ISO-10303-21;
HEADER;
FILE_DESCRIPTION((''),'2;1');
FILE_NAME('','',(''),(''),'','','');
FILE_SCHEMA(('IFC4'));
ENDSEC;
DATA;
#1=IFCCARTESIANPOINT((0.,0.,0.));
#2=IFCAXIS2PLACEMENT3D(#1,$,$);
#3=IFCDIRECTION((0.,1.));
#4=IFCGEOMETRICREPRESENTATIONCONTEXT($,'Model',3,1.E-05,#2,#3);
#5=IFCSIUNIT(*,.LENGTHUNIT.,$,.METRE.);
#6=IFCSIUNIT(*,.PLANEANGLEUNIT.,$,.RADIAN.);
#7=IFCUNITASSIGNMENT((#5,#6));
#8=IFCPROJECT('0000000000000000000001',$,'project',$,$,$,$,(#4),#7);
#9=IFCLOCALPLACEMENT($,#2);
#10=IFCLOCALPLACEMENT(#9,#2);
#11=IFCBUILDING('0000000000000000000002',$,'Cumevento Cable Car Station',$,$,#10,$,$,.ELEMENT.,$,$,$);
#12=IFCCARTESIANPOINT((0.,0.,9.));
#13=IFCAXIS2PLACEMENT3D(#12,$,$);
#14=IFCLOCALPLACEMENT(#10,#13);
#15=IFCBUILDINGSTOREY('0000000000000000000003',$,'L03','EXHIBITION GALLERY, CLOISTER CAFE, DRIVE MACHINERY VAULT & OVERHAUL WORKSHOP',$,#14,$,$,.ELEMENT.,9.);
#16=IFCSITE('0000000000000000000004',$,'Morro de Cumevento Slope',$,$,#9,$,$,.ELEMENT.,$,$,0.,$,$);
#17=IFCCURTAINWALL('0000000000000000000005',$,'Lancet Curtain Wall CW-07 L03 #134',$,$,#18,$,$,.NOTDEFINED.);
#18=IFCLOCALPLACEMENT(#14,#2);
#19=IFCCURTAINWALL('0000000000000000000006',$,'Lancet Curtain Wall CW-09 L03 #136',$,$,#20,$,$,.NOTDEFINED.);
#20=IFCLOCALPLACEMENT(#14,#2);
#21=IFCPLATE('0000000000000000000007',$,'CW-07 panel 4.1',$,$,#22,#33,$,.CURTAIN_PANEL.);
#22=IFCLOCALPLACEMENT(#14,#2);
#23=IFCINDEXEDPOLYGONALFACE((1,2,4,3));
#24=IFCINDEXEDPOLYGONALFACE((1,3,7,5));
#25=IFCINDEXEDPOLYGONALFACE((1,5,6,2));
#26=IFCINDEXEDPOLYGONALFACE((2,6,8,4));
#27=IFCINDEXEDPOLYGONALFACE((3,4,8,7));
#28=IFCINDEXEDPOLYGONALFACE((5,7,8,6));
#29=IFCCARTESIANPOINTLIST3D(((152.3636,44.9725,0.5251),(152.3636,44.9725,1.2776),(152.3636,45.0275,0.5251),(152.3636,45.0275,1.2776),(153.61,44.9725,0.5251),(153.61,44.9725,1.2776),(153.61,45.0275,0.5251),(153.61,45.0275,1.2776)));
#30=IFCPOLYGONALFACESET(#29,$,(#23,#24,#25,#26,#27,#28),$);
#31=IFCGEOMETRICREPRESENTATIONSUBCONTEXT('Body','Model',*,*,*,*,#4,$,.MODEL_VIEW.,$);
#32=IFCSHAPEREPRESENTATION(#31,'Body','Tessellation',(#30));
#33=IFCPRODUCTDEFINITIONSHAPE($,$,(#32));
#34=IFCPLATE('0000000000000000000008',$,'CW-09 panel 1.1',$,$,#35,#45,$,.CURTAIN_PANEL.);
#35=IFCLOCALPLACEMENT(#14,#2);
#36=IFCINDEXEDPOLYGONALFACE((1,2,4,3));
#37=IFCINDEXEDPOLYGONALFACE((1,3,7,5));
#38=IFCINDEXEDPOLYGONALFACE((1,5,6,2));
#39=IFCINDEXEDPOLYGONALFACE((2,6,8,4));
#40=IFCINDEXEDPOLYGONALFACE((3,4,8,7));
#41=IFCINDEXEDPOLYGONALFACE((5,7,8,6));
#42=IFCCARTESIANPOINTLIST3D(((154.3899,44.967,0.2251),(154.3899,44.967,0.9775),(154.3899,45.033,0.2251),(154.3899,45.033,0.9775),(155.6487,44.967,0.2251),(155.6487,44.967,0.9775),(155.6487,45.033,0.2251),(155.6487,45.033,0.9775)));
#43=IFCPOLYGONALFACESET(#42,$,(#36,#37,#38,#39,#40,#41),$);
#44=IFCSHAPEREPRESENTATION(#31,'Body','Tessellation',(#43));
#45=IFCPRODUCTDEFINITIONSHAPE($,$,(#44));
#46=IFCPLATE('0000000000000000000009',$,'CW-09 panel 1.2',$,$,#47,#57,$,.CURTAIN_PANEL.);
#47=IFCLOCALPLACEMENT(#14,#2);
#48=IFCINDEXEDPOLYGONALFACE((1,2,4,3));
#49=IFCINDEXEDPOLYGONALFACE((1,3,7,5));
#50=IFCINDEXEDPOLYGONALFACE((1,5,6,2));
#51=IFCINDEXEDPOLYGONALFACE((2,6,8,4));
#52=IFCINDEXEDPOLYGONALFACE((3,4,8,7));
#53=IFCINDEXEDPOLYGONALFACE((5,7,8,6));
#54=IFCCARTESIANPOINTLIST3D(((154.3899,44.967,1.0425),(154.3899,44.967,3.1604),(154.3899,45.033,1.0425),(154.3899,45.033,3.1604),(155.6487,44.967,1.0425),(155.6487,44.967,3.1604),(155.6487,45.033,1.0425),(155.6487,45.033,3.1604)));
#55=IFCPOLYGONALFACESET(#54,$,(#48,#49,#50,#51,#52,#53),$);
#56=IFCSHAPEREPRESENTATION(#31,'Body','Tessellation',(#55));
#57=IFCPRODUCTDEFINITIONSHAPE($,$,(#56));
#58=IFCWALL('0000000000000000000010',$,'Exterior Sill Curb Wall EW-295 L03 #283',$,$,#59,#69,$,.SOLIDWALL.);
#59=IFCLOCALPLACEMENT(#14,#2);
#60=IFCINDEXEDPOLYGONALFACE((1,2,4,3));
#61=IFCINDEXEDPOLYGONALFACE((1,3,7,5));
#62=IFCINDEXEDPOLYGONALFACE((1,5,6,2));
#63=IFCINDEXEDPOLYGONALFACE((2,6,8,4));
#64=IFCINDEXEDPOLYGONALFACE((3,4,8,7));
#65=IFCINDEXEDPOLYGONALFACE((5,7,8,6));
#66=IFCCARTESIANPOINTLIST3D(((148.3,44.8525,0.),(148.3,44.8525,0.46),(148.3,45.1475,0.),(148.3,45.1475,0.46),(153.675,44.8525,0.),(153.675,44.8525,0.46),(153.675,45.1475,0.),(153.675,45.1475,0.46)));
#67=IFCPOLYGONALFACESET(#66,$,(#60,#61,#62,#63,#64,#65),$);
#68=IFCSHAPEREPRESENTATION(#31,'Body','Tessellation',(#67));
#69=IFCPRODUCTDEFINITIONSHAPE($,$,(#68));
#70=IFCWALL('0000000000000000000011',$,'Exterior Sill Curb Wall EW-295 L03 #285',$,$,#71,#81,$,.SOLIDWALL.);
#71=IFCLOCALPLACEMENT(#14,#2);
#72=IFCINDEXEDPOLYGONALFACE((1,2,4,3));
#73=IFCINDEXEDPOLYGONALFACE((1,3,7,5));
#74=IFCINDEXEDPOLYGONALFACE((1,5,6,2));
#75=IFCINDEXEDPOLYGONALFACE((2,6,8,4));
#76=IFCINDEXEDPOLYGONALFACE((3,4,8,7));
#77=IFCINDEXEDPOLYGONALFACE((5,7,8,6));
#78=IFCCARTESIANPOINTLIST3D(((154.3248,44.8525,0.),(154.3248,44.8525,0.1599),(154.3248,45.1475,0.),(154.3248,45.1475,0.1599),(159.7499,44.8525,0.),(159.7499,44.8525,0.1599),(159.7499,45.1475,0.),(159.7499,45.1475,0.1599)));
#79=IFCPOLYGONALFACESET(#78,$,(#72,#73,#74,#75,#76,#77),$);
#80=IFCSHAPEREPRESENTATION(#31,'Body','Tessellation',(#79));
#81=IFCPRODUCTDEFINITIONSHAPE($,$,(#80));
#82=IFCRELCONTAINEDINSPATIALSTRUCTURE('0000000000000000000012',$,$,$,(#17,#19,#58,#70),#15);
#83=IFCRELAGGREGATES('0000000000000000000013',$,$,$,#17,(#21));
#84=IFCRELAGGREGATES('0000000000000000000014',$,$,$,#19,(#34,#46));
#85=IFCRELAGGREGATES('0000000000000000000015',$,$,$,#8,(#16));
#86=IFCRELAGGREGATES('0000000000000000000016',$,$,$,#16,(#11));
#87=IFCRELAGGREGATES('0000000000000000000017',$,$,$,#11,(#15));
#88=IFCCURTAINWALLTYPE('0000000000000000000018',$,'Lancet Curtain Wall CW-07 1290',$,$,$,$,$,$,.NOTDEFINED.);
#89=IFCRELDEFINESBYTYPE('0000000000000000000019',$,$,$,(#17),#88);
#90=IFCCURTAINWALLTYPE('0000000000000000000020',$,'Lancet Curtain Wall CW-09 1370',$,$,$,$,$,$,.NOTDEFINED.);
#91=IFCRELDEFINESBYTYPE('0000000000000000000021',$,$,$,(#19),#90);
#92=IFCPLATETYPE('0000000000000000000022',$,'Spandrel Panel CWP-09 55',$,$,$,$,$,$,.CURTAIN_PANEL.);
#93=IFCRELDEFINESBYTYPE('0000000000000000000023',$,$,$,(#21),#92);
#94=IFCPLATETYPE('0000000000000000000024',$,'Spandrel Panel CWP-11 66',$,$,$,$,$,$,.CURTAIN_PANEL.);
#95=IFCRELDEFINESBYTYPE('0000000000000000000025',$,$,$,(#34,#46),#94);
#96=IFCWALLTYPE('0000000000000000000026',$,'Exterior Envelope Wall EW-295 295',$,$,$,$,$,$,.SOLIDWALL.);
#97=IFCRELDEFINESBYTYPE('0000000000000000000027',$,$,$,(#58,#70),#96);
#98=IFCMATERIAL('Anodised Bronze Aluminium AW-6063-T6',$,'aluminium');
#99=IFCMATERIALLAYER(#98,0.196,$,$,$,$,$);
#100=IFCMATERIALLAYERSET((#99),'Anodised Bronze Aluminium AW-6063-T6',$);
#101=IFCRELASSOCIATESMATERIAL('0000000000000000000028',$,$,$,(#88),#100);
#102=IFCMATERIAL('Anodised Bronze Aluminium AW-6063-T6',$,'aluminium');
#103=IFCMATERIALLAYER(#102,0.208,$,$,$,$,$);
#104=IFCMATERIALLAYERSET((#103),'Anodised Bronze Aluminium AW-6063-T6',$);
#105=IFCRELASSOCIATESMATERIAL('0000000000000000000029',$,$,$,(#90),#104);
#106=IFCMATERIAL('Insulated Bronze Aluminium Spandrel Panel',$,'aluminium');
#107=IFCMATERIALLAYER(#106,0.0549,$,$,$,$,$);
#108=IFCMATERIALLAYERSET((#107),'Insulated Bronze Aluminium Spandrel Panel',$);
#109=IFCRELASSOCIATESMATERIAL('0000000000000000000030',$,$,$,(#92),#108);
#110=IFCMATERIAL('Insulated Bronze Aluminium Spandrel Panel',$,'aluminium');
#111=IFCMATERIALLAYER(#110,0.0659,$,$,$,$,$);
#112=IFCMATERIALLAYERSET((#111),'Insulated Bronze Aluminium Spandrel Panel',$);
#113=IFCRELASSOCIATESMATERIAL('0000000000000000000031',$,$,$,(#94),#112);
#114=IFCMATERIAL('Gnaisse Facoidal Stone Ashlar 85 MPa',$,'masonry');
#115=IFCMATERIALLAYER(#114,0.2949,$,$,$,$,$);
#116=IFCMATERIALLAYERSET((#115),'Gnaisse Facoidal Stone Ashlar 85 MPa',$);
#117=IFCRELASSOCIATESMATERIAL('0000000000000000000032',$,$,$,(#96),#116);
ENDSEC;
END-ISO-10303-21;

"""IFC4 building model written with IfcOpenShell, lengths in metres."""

from ifc_helpers import new_model, si_unit, direction, frame, frame_2d, origin, origin_2d, place, context, subcontext, project, spatial, rectangle, extrude, material, layer, layer_set, type_object, element, aggregate, save


model = new_model("IFC4")

# Units and contexts
model_context = context("Model", 3, precision=1e-05, world=origin(), true_north=direction((0.0, 1.0)))
body_context = subcontext(model_context, "Body", "Model", "MODEL_VIEW")
ifc_project = project(units=[si_unit("LENGTHUNIT", "METRE"), si_unit("PLANEANGLEUNIT", "RADIAN")], contexts=[model_context])

# Site, building, storey
site_placement = place(None, origin())
site = spatial("IfcSite", under=ifc_project, at=site_placement, Name="Morro de Cumevento Slope", CompositionType="ELEMENT", RefElevation=0.0)
building_placement = place(site_placement, origin())
building = spatial("IfcBuilding", under=site, at=building_placement, Name="Cumevento Cable Car Station", CompositionType="ELEMENT")
storey_placement = place(building_placement, frame((0.0, 0.0, 9.0)))
storey = spatial("IfcBuildingStorey", under=building, at=storey_placement, Name="L03", Description="EXHIBITION GALLERY, CLOISTER CAFE, DRIVE MACHINERY VAULT & OVERHAUL WORKSHOP", CompositionType="ELEMENT", Elevation=9.0)

# Curtain walls
ifc_material_1 = material(Name="Anodised Bronze Aluminium AW-6063-T6", Category="aluminium")
ifc_layer_1 = layer(ifc_material_1, 0.196)
ifc_layer_set_1 = layer_set([ifc_layer_1], Name="Anodised Bronze Aluminium AW-6063-T6")
curtain_wall_type_1 = type_object("IfcCurtainWallType", Name="Lancet Curtain Wall CW-07 1290", PredefinedType="NOTDEFINED", material=ifc_layer_set_1)
curtain_wall_1_placement = place(storey_placement, origin())
curtain_wall_1 = element("IfcCurtainWall", 1, at=curtain_wall_1_placement, inside=storey, type_object=curtain_wall_type_1, Name="Lancet Curtain Wall CW-07 L03 #134", PredefinedType="NOTDEFINED")
ifc_material_2 = material(Name="Anodised Bronze Aluminium AW-6063-T6", Category="aluminium")
ifc_layer_2 = layer(ifc_material_2, 0.208)
ifc_layer_set_2 = layer_set([ifc_layer_2], Name="Anodised Bronze Aluminium AW-6063-T6")
curtain_wall_type_2 = type_object("IfcCurtainWallType", Name="Lancet Curtain Wall CW-09 1370", PredefinedType="NOTDEFINED", material=ifc_layer_set_2)
curtain_wall_2_placement = place(storey_placement, origin())
curtain_wall_2 = element("IfcCurtainWall", 2, at=curtain_wall_2_placement, inside=storey, type_object=curtain_wall_type_2, Name="Lancet Curtain Wall CW-09 L03 #136", PredefinedType="NOTDEFINED")

# Plates
ifc_material_3 = material(Name="Insulated Bronze Aluminium Spandrel Panel", Category="aluminium")
ifc_layer_3 = layer(ifc_material_3, 0.0549)
ifc_layer_set_3 = layer_set([ifc_layer_3], Name="Insulated Bronze Aluminium Spandrel Panel")
plate_type_1 = type_object("IfcPlateType", Name="Spandrel Panel CWP-09 55", PredefinedType="CURTAIN_PANEL", material=ifc_layer_set_3)
plate_1_placement = place(storey_placement, frame((152.9868, 45.0, 0.5251), z_axis=(0.0, 0.0, 1.0), x_axis=(1.0, 0.0, 0.0)))
plate_1 = element("IfcPlate", 3, at=plate_1_placement, type_object=plate_type_1, Name="CW-07 panel 4.1", PredefinedType="CURTAIN_PANEL", context=body_context, shape_type="SweptSolid", body=[
    extrude(rectangle(XDim=1.2463, YDim=0.0549, at=origin_2d()), origin(), (0.0, 0.0, 1.0), 0.7524),
])
aggregate(curtain_wall_1, [plate_1])
ifc_material_4 = material(Name="Insulated Bronze Aluminium Spandrel Panel", Category="aluminium")
ifc_layer_4 = layer(ifc_material_4, 0.0659)
ifc_layer_set_4 = layer_set([ifc_layer_4], Name="Insulated Bronze Aluminium Spandrel Panel")
plate_type_2 = type_object("IfcPlateType", Name="Spandrel Panel CWP-11 66", PredefinedType="CURTAIN_PANEL", material=ifc_layer_set_4)
plate_2_placement = place(storey_placement, frame((155.0193, 45.0, 0.2251), z_axis=(0.0, 0.0, 1.0), x_axis=(1.0, 0.0, 0.0)))
plate_2 = element("IfcPlate", 4, at=plate_2_placement, type_object=plate_type_2, Name="CW-09 panel 1.1", PredefinedType="CURTAIN_PANEL", context=body_context, shape_type="SweptSolid", body=[
    extrude(rectangle(XDim=1.2588, YDim=0.0659, at=origin_2d()), origin(), (0.0, 0.0, 1.0), 0.7524),
])
plate_3_placement = place(storey_placement, frame((155.0193, 45.0, 1.0425), z_axis=(0.0, 0.0, 1.0), x_axis=(1.0, 0.0, 0.0)))
plate_3 = element("IfcPlate", 5, at=plate_3_placement, type_object=plate_type_2, Name="CW-09 panel 1.2", PredefinedType="CURTAIN_PANEL", context=body_context, shape_type="SweptSolid", body=[
    extrude(rectangle(XDim=1.2588, YDim=0.0659, at=origin_2d()), origin(), (0.0, 0.0, 1.0), 2.1179),
])
aggregate(curtain_wall_2, [plate_2, plate_3])

# Walls
ifc_material_5 = material(Name="Gnaisse Facoidal Stone Ashlar 85 MPa", Category="masonry")
ifc_layer_5 = layer(ifc_material_5, 0.2949)
ifc_layer_set_5 = layer_set([ifc_layer_5], Name="Gnaisse Facoidal Stone Ashlar 85 MPa")
wall_type = type_object("IfcWallType", Name="Exterior Envelope Wall EW-295 295", PredefinedType="SOLIDWALL", material=ifc_layer_set_5)
wall_1_placement = place(storey_placement, frame((148.3, 45.0, 0.0), z_axis=(0.0, 0.0, 1.0), x_axis=(1.0, 0.0, 0.0)))
element("IfcWall", 6, at=wall_1_placement, inside=storey, type_object=wall_type, Name="Exterior Sill Curb Wall EW-295 L03 #283", PredefinedType="SOLIDWALL", context=body_context, shape_type="SweptSolid", body=[
    extrude(rectangle(XDim=5.375, YDim=0.2949, at=frame_2d((2.6875, 0.0))), origin(), (0.0, 0.0, 1.0), 0.46),
])
wall_2_placement = place(storey_placement, frame((154.325, 45.0, 0.0), z_axis=(0.0, 0.0, 1.0), x_axis=(1.0, 0.0, 0.0)))
element("IfcWall", 7, at=wall_2_placement, inside=storey, type_object=wall_type, Name="Exterior Sill Curb Wall EW-295 L03 #285", PredefinedType="SOLIDWALL", context=body_context, shape_type="SweptSolid", body=[
    extrude(rectangle(XDim=5.425, YDim=0.2949, at=frame_2d((2.7124, 0.0))), origin(), (0.0, 0.0, 1.0), 0.1599),
])

save(model, "model.ifc")
